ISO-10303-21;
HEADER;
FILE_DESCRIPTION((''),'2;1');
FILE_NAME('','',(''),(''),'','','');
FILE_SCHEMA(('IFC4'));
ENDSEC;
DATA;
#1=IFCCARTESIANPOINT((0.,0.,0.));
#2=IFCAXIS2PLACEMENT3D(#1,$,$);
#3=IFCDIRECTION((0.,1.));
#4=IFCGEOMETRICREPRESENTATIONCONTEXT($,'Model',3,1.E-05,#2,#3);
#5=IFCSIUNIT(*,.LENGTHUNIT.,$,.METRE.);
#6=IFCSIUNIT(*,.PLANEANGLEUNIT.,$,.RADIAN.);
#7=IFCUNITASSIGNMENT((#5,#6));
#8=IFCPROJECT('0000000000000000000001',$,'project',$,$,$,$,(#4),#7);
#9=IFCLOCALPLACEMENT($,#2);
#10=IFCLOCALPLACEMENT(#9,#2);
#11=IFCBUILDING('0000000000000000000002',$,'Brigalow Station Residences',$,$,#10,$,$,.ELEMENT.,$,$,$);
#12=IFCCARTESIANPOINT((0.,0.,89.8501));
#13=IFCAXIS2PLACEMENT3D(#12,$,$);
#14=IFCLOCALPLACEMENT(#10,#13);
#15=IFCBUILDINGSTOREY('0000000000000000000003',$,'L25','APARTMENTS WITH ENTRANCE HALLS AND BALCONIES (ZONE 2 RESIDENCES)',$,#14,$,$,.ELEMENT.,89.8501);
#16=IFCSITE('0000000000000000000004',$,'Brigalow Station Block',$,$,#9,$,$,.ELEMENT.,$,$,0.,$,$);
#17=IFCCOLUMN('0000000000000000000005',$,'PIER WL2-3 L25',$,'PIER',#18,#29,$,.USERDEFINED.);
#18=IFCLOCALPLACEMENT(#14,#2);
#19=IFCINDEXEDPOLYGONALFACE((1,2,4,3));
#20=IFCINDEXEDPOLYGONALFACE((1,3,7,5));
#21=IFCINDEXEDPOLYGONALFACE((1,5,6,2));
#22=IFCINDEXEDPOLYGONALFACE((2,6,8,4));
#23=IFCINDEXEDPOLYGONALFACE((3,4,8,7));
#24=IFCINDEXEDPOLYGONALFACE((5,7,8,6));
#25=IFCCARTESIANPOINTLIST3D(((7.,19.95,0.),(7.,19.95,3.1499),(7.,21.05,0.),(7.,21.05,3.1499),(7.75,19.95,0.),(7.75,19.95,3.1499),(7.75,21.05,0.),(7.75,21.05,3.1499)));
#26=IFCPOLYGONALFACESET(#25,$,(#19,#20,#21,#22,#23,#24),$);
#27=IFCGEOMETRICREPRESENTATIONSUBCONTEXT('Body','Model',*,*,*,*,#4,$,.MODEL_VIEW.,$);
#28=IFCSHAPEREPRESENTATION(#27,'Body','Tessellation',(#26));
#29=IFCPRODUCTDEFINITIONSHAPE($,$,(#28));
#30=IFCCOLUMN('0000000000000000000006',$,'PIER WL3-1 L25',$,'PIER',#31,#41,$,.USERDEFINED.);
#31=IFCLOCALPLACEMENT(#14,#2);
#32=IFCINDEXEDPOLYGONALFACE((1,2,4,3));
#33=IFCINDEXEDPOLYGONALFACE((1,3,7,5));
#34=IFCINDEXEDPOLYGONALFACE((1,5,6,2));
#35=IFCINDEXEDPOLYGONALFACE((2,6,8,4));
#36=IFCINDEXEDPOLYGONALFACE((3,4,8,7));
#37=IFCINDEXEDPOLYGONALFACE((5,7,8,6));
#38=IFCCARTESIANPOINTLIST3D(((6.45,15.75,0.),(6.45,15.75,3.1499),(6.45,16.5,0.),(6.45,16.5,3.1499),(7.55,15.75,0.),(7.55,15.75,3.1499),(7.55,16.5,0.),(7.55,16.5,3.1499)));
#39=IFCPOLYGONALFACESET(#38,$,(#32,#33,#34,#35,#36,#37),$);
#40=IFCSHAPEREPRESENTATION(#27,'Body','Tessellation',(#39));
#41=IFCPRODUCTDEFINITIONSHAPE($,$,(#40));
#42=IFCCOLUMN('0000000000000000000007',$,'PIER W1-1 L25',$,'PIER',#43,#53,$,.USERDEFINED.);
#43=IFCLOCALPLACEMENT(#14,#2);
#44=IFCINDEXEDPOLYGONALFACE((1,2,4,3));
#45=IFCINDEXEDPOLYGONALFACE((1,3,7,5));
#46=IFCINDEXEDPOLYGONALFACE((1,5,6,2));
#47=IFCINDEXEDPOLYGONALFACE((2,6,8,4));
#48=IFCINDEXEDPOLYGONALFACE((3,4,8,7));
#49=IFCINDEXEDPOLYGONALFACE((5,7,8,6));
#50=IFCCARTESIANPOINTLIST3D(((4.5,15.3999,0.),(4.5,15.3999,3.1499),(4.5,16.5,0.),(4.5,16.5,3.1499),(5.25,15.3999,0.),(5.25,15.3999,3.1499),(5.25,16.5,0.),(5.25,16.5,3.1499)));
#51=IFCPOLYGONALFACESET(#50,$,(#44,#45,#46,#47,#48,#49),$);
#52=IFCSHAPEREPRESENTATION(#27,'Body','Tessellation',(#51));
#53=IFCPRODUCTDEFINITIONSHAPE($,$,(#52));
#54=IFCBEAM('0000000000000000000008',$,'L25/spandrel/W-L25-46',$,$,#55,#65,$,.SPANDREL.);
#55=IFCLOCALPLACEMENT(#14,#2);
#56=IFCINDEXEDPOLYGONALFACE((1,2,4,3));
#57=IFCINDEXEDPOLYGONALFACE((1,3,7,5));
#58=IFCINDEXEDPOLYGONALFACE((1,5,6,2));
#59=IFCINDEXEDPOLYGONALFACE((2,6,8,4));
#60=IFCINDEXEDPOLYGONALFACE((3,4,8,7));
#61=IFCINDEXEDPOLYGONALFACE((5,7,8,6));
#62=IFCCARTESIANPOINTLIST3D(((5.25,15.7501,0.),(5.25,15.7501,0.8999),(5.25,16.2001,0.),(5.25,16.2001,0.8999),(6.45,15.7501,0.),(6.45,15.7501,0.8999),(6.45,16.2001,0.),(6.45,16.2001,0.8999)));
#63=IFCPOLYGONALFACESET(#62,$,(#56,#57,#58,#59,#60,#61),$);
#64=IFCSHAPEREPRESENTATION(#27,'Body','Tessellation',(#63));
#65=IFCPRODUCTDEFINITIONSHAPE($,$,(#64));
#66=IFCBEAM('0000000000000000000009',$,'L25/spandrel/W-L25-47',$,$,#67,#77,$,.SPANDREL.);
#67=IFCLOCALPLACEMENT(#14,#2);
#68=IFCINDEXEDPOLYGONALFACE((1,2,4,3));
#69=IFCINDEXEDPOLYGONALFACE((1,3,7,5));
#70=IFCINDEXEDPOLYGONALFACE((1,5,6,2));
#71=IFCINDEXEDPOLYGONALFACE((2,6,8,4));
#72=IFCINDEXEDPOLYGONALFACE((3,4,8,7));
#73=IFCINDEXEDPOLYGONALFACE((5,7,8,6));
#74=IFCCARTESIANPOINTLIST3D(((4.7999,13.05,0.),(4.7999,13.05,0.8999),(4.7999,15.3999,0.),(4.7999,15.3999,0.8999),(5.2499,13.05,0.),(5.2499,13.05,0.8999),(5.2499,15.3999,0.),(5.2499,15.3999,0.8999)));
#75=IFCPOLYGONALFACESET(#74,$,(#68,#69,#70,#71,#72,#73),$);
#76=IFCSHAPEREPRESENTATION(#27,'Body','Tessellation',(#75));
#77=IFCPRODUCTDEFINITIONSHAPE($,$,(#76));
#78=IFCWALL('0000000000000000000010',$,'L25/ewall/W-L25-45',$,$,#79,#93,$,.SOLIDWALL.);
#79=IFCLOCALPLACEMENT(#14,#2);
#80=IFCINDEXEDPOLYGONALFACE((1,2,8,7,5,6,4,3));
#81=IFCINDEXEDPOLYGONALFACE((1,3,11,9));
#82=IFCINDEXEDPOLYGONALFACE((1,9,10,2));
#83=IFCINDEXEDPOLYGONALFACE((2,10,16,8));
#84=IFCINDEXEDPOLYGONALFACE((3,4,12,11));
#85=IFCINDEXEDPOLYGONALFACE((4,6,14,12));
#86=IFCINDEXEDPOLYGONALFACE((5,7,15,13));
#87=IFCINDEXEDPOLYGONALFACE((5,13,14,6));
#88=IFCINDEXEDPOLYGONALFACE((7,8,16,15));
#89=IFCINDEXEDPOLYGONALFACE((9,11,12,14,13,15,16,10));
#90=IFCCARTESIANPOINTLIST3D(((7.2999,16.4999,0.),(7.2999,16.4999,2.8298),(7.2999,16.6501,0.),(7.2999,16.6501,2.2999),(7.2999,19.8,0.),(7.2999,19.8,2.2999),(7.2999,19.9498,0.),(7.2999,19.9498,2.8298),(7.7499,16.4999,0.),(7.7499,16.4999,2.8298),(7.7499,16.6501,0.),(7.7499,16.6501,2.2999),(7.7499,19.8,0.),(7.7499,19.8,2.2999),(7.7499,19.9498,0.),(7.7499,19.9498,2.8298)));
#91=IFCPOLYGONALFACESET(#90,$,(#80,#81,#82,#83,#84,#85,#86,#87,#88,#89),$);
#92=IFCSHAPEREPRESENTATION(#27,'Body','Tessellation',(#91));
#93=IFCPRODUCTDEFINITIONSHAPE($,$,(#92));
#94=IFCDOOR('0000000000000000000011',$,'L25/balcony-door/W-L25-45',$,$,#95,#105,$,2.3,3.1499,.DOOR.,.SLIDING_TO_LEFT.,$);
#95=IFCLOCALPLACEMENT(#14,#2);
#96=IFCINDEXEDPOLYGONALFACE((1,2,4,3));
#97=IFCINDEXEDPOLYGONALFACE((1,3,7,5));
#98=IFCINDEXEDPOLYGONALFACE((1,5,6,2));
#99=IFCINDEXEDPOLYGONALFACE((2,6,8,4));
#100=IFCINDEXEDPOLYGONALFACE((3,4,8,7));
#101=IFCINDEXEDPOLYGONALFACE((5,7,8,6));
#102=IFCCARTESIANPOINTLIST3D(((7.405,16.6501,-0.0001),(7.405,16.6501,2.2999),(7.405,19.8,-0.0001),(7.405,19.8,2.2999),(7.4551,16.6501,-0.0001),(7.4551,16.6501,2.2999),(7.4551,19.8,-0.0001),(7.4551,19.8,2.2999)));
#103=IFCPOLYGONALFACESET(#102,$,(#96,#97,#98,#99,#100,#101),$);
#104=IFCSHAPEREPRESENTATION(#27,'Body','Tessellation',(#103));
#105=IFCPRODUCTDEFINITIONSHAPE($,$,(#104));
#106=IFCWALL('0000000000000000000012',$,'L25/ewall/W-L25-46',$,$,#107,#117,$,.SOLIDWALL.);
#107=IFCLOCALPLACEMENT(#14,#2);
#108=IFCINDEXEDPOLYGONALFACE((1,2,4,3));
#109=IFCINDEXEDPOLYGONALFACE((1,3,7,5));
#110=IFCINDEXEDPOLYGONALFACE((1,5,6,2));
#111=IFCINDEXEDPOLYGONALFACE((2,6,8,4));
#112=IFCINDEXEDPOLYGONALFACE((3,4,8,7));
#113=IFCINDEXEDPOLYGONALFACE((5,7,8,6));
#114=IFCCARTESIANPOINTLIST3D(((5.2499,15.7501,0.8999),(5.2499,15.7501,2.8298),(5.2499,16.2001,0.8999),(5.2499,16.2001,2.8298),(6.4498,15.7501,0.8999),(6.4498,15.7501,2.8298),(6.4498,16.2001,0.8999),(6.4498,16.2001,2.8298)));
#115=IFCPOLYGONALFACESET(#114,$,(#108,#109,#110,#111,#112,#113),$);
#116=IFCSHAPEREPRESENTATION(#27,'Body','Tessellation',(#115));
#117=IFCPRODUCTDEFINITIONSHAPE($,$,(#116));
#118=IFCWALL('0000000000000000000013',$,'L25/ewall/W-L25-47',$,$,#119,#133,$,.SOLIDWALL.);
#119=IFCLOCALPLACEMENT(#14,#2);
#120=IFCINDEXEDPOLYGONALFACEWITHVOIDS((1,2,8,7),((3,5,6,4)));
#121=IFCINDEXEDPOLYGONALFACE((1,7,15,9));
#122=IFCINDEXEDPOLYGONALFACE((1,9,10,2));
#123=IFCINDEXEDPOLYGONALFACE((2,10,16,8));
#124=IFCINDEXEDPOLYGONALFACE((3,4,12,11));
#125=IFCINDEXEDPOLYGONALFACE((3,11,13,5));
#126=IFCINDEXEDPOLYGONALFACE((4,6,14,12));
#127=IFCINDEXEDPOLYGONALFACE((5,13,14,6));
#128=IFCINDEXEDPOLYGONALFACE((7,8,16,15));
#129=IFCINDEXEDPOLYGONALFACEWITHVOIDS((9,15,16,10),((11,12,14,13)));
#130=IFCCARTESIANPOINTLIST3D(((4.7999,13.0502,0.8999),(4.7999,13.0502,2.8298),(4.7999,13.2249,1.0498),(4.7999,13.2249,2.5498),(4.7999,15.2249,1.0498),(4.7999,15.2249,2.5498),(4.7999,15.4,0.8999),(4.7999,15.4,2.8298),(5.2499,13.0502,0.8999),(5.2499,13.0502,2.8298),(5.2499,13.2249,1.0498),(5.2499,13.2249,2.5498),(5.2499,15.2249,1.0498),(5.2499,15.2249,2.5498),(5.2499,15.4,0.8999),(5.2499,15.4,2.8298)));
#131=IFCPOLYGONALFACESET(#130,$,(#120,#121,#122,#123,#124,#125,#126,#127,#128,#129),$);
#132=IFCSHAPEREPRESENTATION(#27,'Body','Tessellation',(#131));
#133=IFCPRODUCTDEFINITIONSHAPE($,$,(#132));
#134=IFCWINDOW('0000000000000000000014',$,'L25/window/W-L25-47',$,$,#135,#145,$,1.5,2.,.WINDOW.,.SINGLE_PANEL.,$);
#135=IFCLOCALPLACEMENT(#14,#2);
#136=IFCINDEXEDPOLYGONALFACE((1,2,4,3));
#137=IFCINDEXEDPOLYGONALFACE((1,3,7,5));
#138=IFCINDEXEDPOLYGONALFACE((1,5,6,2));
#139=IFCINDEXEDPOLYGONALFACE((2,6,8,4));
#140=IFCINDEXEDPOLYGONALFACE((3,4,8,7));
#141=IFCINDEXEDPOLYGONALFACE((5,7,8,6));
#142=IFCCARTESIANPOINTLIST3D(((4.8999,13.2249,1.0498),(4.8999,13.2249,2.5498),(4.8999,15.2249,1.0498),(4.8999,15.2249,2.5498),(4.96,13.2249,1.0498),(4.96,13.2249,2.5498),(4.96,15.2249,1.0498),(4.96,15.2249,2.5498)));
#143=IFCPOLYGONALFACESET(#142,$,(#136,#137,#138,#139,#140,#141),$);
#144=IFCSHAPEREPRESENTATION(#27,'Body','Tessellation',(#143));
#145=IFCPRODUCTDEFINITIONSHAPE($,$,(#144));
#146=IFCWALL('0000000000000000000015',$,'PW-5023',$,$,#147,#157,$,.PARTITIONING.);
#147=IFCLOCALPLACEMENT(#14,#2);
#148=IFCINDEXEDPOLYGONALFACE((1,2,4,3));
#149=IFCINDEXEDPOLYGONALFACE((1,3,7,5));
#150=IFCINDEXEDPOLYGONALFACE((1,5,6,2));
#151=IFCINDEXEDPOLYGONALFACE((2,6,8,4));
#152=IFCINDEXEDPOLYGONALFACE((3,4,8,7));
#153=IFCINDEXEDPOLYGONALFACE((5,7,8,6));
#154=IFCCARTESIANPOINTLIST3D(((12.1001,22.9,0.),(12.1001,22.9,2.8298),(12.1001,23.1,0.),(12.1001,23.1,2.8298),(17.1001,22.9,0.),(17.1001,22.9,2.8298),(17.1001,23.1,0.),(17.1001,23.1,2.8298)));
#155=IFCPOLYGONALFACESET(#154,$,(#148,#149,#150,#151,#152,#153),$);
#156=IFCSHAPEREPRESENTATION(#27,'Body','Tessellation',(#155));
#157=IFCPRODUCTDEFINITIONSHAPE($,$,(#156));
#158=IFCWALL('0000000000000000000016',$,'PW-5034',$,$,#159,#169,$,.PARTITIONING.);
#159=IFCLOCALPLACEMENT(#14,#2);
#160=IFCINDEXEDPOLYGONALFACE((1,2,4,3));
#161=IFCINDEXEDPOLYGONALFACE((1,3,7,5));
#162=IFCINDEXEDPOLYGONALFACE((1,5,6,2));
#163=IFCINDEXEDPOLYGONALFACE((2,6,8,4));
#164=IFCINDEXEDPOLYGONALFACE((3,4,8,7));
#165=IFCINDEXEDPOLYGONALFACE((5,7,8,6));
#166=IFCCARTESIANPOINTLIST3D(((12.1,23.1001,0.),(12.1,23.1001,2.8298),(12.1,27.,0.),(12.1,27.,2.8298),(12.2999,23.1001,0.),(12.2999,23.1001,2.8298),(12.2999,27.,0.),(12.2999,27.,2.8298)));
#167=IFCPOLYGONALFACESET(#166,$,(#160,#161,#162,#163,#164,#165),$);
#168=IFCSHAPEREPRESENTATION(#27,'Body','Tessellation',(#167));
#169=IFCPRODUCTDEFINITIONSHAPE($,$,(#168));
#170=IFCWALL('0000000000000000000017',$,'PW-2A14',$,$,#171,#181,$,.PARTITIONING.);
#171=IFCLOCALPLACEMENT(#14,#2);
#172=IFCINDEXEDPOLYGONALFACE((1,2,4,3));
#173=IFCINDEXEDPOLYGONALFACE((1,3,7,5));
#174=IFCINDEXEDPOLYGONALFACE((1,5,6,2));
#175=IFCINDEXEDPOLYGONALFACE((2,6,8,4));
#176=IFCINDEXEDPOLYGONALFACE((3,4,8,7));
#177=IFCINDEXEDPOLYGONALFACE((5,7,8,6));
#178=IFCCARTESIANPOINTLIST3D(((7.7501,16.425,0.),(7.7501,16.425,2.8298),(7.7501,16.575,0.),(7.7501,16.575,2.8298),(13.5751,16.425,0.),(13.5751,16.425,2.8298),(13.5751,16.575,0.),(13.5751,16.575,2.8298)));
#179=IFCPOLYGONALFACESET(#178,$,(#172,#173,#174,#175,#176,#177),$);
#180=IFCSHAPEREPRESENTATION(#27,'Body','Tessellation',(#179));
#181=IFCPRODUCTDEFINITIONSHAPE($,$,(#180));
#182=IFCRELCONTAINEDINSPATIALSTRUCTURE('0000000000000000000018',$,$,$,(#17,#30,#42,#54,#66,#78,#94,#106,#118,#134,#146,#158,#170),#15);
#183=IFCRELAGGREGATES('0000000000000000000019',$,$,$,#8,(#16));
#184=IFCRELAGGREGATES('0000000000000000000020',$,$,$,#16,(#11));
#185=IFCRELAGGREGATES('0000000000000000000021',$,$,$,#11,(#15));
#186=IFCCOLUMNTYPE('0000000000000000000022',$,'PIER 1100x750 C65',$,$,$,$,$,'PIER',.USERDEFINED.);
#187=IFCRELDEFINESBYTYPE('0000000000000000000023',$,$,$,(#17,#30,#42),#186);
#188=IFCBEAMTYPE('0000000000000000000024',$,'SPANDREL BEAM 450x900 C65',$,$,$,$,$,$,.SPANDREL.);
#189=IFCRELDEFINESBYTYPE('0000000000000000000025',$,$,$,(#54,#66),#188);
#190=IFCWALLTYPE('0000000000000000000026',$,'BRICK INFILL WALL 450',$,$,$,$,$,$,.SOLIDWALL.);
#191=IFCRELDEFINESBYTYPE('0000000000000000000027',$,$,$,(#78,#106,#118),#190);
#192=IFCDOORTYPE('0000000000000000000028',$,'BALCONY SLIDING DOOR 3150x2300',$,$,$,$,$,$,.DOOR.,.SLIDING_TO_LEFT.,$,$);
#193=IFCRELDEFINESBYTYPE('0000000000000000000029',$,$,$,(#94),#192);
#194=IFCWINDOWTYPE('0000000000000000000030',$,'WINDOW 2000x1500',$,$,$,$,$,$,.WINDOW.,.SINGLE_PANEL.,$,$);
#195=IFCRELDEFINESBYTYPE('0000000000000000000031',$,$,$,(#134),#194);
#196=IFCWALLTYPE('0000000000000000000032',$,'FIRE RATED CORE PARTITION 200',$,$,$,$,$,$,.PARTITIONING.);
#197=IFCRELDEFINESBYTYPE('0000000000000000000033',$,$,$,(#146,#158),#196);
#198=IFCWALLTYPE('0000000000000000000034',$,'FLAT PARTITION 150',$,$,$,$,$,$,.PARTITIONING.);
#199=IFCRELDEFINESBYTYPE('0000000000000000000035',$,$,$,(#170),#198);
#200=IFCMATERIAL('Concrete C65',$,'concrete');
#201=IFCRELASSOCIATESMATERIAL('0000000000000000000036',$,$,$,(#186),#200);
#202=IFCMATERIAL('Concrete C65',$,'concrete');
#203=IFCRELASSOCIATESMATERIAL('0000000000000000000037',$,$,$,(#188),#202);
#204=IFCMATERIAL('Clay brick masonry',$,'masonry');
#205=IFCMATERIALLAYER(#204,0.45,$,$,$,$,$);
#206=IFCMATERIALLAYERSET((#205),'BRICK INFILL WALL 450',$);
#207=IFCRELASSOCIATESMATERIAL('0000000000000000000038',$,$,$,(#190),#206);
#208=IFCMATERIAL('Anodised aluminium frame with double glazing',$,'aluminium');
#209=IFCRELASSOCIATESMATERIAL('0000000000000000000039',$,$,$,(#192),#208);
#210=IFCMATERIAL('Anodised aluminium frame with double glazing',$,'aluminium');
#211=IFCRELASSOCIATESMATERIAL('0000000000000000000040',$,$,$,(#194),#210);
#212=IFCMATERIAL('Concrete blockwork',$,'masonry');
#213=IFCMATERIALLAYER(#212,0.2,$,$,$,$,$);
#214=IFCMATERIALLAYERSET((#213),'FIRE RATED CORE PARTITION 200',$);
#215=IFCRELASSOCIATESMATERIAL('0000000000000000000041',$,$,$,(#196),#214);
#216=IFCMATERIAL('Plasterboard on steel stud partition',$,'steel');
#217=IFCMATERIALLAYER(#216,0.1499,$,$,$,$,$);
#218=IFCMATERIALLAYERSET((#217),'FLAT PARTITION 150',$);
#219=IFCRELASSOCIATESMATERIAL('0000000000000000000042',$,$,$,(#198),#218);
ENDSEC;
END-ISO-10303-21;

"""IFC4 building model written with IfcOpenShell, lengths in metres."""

from ifc_helpers import new_model, si_unit, direction, frame, frame_2d, origin, origin_2d, place, context, subcontext, project, spatial, rectangle, extrude, material, layer, layer_set, material_profile, profile_set, type_object, element, fill, save


model = new_model("IFC4")

# Units and contexts
model_context = context("Model", 3, precision=1e-05, world=origin(), true_north=direction((0.0, 1.0)))
body_context = subcontext(model_context, "Body", "Model", "MODEL_VIEW")
ifc_project = project(units=[si_unit("LENGTHUNIT", "METRE"), si_unit("PLANEANGLEUNIT", "RADIAN")], contexts=[model_context])

# Site, building, storey
site_placement = place(None, origin())
site = spatial("IfcSite", under=ifc_project, at=site_placement, Name="Brigalow Station Block", CompositionType="ELEMENT", RefElevation=0.0)
building_placement = place(site_placement, origin())
building = spatial("IfcBuilding", under=site, at=building_placement, Name="Brigalow Station Residences", CompositionType="ELEMENT")
storey_placement = place(building_placement, frame((0.0, 0.0, 89.8501)))
storey = spatial("IfcBuildingStorey", under=building, at=storey_placement, Name="L25", Description="APARTMENTS WITH ENTRANCE HALLS AND BALCONIES (ZONE 2 RESIDENCES)", CompositionType="ELEMENT", Elevation=89.8501)

# Columns
ifc_material_1 = material(Name="Concrete C65", Category="concrete")
ifc_material_profile_1 = material_profile(ifc_material_1, rectangle(XDim=1.1001, YDim=0.75, at=origin_2d()), Name="RC1100x750")
ifc_profile_set_1 = profile_set([ifc_material_profile_1], Name="Concrete C65")
column_type = type_object("IfcColumnType", Name="PIER 1100x750 C65", ElementType="PIER", PredefinedType="USERDEFINED", material=ifc_profile_set_1)
for number, where, z_axis, x_axis, name in (
    (1, (7.375, 20.5, 0.0), (0.0, 0.0, 1.0), (0.0, -1.0, 0.0), "PIER WL2-3 L25"),
    (2, (7.0, 16.125, 0.0), (0.0, 0.0, 1.0), (-1.0, 0.0, 0.0), "PIER WL3-1 L25"),
    (3, (4.875, 15.95, 0.0), (0.0, 0.0, 1.0), (0.0, -1.0, 0.0), "PIER W1-1 L25"),
):
    element("IfcColumn", number, at=place(storey_placement, frame(where, z_axis=z_axis, x_axis=x_axis)), inside=storey, type_object=column_type, Name=name, ObjectType="PIER", PredefinedType="USERDEFINED", context=body_context, shape_type="SweptSolid", body=[
        extrude(rectangle(XDim=1.1001, YDim=0.75, at=origin_2d()), origin(), (0.0, 0.0, 1.0), 3.1499),
    ])

# Beams
ifc_material_2 = material(Name="Concrete C65", Category="concrete")
ifc_material_profile_2 = material_profile(ifc_material_2, rectangle(XDim=0.45, YDim=0.8999, at=origin_2d()), Name="RC450x900")
ifc_profile_set_2 = profile_set([ifc_material_profile_2], Name="Concrete C65")
beam_type = type_object("IfcBeamType", Name="SPANDREL BEAM 450x900 C65", PredefinedType="SPANDREL", material=ifc_profile_set_2)
beam_1_placement = place(storey_placement, frame((6.45, 15.9751, 0.45), z_axis=(-1.0, 0.0, 0.0), x_axis=(0.0, -1.0, 0.0)))
element("IfcBeam", 4, at=beam_1_placement, inside=storey, type_object=beam_type, Name="L25/spandrel/W-L25-46", PredefinedType="SPANDREL", context=body_context, shape_type="SweptSolid", body=[
    extrude(rectangle(XDim=0.45, YDim=0.8999, at=origin_2d()), origin(), (0.0, 0.0, 1.0), 1.2),
])
beam_2_placement = place(storey_placement, frame((5.0249, 15.3999, 0.45), z_axis=(0.0, -1.0, 0.0), x_axis=(1.0, 0.0, 0.0)))
element("IfcBeam", 5, at=beam_2_placement, inside=storey, type_object=beam_type, Name="L25/spandrel/W-L25-47", PredefinedType="SPANDREL", context=body_context, shape_type="SweptSolid", body=[
    extrude(rectangle(XDim=0.45, YDim=0.8999, at=origin_2d()), origin(), (0.0, 0.0, 1.0), 2.3499),
])

# Wall, opening, door
ifc_material_3 = material(Name="Clay brick masonry", Category="masonry")
ifc_layer_1 = layer(ifc_material_3, 0.45)
ifc_layer_set_1 = layer_set([ifc_layer_1], Name="BRICK INFILL WALL 450")
wall_type_1 = type_object("IfcWallType", Name="BRICK INFILL WALL 450", PredefinedType="SOLIDWALL", material=ifc_layer_set_1)
wall_1_placement = place(storey_placement, frame((7.5249, 19.95, 0.0), z_axis=(0.0, 0.0, 1.0), x_axis=(0.0, -1.0, 0.0)))
wall_1 = element("IfcWall", 6, at=wall_1_placement, inside=storey, type_object=wall_type_1, Name="L25/ewall/W-L25-45", PredefinedType="SOLIDWALL", context=body_context, shape_type="SweptSolid", body=[
    extrude(rectangle(XDim=3.45, YDim=0.45, at=frame_2d((1.7251, 0.0))), origin(), (0.0, 0.0, 1.0), 2.8298),
])
opening_1_placement = place(wall_1_placement, frame((0.1499, 0.0, 0.0)))
opening_1 = element("IfcOpeningElement", 7, at=opening_1_placement, cuts=wall_1, PredefinedType="OPENING", context=body_context, shape_type="SweptSolid", body=[
    extrude(rectangle(XDim=3.1499, YDim=2.3, at=frame_2d((1.575, 1.1499))), frame((0.0, 0.2349, 0.0), z_axis=(0.0, -1.0, 0.0), x_axis=(1.0, 0.0, 0.0)), (0.0, 0.0, 1.0), 0.47),
])
ifc_material_4 = material(Name="Anodised aluminium frame with double glazing", Category="aluminium")
door_type_1 = type_object("IfcDoorType", Name="BALCONY SLIDING DOOR 3150x2300", OperationType="SLIDING_TO_LEFT", PredefinedType="DOOR", material=ifc_material_4)
door_1_placement = place(opening_1_placement, origin())
door_1 = element("IfcDoor", 8, at=door_1_placement, inside=storey, type_object=door_type_1, Name="L25/balcony-door/W-L25-45", OperationType="SLIDING_TO_LEFT", OverallHeight=2.3, OverallWidth=3.1499, PredefinedType="DOOR", context=body_context, shape_type="SweptSolid", body=[
    extrude(rectangle(XDim=3.1499, YDim=2.3, at=frame_2d((1.575, 1.1499))), frame((0.0, -0.0698, 0.0), z_axis=(0.0, -1.0, 0.0), x_axis=(1.0, 0.0, 0.0)), (0.0, 0.0, 1.0), 0.05),
])
fill(opening_1, door_1)

# Wall
wall_2_placement = place(storey_placement, frame((6.45, 15.9751, 0.8999), z_axis=(0.0, 0.0, 1.0), x_axis=(-1.0, 0.0, 0.0)))
element("IfcWall", 9, at=wall_2_placement, inside=storey, type_object=wall_type_1, Name="L25/ewall/W-L25-46", PredefinedType="SOLIDWALL", context=body_context, shape_type="SweptSolid", body=[
    extrude(rectangle(XDim=1.2, YDim=0.45, at=frame_2d((0.6001, 0.0))), origin(), (0.0, 0.0, 1.0), 1.9299),
])

# Wall, opening, window
wall_3_placement = place(storey_placement, frame((5.0249, 15.3999, 0.8999), z_axis=(0.0, 0.0, 1.0), x_axis=(0.0, -1.0, 0.0)))
wall_3 = element("IfcWall", 10, at=wall_3_placement, inside=storey, type_object=wall_type_1, Name="L25/ewall/W-L25-47", PredefinedType="SOLIDWALL", context=body_context, shape_type="SweptSolid", body=[
    extrude(rectangle(XDim=2.3499, YDim=0.45, at=frame_2d((1.1748, 0.0))), origin(), (0.0, 0.0, 1.0), 1.9299),
])
opening_2_placement = place(wall_3_placement, frame((0.175, 0.0, 0.1499)))
opening_2 = element("IfcOpeningElement", 11, at=opening_2_placement, cuts=wall_3, PredefinedType="OPENING", context=body_context, shape_type="SweptSolid", body=[
    extrude(rectangle(XDim=2.0, YDim=1.5, at=frame_2d((1.0, 0.75))), frame((0.0, 0.2349, 0.0), z_axis=(0.0, -1.0, 0.0), x_axis=(1.0, 0.0, 0.0)), (0.0, 0.0, 1.0), 0.47),
])
ifc_material_5 = material(Name="Anodised aluminium frame with double glazing", Category="aluminium")
window_type = type_object("IfcWindowType", Name="WINDOW 2000x1500", PartitioningType="SINGLE_PANEL", PredefinedType="WINDOW", material=ifc_material_5)
window_placement = place(opening_2_placement, origin())
window = element("IfcWindow", 12, at=window_placement, inside=storey, type_object=window_type, Name="L25/window/W-L25-47", OverallHeight=1.5, OverallWidth=2.0, PartitioningType="SINGLE_PANEL", PredefinedType="WINDOW", context=body_context, shape_type="SweptSolid", body=[
    extrude(rectangle(XDim=2.0, YDim=1.5, at=frame_2d((1.0, 0.75))), frame((0.0, -0.0649, 0.0), z_axis=(0.0, -1.0, 0.0), x_axis=(1.0, 0.0, 0.0)), (0.0, 0.0, 1.0), 0.0601),
])
fill(opening_2, window)

# Walls
ifc_material_6 = material(Name="Concrete blockwork", Category="masonry")
ifc_layer_2 = layer(ifc_material_6, 0.2)
ifc_layer_set_2 = layer_set([ifc_layer_2], Name="FIRE RATED CORE PARTITION 200")
wall_type_2 = type_object("IfcWallType", Name="FIRE RATED CORE PARTITION 200", PredefinedType="PARTITIONING", material=ifc_layer_set_2)
wall_4_placement = place(storey_placement, frame((12.1001, 23.0, 0.0), z_axis=(0.0, 0.0, 1.0), x_axis=(1.0, 0.0, 0.0)))
element("IfcWall", 13, at=wall_4_placement, inside=storey, type_object=wall_type_2, Name="PW-5023", PredefinedType="PARTITIONING", context=body_context, shape_type="SweptSolid", body=[
    extrude(rectangle(XDim=5.0, YDim=0.2, at=frame_2d((2.5, 0.0))), origin(), (0.0, 0.0, 1.0), 2.8298),
])
wall_5_placement = place(storey_placement, frame((12.2, 23.1001, 0.0), z_axis=(0.0, 0.0, 1.0), x_axis=(0.0, 1.0, 0.0)))
element("IfcWall", 14, at=wall_5_placement, inside=storey, type_object=wall_type_2, Name="PW-5034", PredefinedType="PARTITIONING", context=body_context, shape_type="SweptSolid", body=[
    extrude(rectangle(XDim=3.8999, YDim=0.2, at=frame_2d((1.95, 0.0))), origin(), (0.0, 0.0, 1.0), 2.8298),
])
ifc_material_7 = material(Name="Plasterboard on steel stud partition", Category="steel")
ifc_layer_3 = layer(ifc_material_7, 0.1499)
ifc_layer_set_3 = layer_set([ifc_layer_3], Name="FLAT PARTITION 150")
wall_type_3 = type_object("IfcWallType", Name="FLAT PARTITION 150", PredefinedType="PARTITIONING", material=ifc_layer_set_3)
wall_6_placement = place(storey_placement, frame((7.75, 16.5, 0.0), z_axis=(0.0, 0.0, 1.0), x_axis=(1.0, 0.0, 0.0)))
element("IfcWall", 15, at=wall_6_placement, inside=storey, type_object=wall_type_3, Name="PW-2A14", PredefinedType="PARTITIONING", context=body_context, shape_type="SweptSolid", body=[
    extrude(rectangle(XDim=5.825, YDim=0.1499, at=frame_2d((2.9126, 0.0))), origin(), (0.0, 0.0, 1.0), 2.8298),
])

save(model, "model.ifc")
